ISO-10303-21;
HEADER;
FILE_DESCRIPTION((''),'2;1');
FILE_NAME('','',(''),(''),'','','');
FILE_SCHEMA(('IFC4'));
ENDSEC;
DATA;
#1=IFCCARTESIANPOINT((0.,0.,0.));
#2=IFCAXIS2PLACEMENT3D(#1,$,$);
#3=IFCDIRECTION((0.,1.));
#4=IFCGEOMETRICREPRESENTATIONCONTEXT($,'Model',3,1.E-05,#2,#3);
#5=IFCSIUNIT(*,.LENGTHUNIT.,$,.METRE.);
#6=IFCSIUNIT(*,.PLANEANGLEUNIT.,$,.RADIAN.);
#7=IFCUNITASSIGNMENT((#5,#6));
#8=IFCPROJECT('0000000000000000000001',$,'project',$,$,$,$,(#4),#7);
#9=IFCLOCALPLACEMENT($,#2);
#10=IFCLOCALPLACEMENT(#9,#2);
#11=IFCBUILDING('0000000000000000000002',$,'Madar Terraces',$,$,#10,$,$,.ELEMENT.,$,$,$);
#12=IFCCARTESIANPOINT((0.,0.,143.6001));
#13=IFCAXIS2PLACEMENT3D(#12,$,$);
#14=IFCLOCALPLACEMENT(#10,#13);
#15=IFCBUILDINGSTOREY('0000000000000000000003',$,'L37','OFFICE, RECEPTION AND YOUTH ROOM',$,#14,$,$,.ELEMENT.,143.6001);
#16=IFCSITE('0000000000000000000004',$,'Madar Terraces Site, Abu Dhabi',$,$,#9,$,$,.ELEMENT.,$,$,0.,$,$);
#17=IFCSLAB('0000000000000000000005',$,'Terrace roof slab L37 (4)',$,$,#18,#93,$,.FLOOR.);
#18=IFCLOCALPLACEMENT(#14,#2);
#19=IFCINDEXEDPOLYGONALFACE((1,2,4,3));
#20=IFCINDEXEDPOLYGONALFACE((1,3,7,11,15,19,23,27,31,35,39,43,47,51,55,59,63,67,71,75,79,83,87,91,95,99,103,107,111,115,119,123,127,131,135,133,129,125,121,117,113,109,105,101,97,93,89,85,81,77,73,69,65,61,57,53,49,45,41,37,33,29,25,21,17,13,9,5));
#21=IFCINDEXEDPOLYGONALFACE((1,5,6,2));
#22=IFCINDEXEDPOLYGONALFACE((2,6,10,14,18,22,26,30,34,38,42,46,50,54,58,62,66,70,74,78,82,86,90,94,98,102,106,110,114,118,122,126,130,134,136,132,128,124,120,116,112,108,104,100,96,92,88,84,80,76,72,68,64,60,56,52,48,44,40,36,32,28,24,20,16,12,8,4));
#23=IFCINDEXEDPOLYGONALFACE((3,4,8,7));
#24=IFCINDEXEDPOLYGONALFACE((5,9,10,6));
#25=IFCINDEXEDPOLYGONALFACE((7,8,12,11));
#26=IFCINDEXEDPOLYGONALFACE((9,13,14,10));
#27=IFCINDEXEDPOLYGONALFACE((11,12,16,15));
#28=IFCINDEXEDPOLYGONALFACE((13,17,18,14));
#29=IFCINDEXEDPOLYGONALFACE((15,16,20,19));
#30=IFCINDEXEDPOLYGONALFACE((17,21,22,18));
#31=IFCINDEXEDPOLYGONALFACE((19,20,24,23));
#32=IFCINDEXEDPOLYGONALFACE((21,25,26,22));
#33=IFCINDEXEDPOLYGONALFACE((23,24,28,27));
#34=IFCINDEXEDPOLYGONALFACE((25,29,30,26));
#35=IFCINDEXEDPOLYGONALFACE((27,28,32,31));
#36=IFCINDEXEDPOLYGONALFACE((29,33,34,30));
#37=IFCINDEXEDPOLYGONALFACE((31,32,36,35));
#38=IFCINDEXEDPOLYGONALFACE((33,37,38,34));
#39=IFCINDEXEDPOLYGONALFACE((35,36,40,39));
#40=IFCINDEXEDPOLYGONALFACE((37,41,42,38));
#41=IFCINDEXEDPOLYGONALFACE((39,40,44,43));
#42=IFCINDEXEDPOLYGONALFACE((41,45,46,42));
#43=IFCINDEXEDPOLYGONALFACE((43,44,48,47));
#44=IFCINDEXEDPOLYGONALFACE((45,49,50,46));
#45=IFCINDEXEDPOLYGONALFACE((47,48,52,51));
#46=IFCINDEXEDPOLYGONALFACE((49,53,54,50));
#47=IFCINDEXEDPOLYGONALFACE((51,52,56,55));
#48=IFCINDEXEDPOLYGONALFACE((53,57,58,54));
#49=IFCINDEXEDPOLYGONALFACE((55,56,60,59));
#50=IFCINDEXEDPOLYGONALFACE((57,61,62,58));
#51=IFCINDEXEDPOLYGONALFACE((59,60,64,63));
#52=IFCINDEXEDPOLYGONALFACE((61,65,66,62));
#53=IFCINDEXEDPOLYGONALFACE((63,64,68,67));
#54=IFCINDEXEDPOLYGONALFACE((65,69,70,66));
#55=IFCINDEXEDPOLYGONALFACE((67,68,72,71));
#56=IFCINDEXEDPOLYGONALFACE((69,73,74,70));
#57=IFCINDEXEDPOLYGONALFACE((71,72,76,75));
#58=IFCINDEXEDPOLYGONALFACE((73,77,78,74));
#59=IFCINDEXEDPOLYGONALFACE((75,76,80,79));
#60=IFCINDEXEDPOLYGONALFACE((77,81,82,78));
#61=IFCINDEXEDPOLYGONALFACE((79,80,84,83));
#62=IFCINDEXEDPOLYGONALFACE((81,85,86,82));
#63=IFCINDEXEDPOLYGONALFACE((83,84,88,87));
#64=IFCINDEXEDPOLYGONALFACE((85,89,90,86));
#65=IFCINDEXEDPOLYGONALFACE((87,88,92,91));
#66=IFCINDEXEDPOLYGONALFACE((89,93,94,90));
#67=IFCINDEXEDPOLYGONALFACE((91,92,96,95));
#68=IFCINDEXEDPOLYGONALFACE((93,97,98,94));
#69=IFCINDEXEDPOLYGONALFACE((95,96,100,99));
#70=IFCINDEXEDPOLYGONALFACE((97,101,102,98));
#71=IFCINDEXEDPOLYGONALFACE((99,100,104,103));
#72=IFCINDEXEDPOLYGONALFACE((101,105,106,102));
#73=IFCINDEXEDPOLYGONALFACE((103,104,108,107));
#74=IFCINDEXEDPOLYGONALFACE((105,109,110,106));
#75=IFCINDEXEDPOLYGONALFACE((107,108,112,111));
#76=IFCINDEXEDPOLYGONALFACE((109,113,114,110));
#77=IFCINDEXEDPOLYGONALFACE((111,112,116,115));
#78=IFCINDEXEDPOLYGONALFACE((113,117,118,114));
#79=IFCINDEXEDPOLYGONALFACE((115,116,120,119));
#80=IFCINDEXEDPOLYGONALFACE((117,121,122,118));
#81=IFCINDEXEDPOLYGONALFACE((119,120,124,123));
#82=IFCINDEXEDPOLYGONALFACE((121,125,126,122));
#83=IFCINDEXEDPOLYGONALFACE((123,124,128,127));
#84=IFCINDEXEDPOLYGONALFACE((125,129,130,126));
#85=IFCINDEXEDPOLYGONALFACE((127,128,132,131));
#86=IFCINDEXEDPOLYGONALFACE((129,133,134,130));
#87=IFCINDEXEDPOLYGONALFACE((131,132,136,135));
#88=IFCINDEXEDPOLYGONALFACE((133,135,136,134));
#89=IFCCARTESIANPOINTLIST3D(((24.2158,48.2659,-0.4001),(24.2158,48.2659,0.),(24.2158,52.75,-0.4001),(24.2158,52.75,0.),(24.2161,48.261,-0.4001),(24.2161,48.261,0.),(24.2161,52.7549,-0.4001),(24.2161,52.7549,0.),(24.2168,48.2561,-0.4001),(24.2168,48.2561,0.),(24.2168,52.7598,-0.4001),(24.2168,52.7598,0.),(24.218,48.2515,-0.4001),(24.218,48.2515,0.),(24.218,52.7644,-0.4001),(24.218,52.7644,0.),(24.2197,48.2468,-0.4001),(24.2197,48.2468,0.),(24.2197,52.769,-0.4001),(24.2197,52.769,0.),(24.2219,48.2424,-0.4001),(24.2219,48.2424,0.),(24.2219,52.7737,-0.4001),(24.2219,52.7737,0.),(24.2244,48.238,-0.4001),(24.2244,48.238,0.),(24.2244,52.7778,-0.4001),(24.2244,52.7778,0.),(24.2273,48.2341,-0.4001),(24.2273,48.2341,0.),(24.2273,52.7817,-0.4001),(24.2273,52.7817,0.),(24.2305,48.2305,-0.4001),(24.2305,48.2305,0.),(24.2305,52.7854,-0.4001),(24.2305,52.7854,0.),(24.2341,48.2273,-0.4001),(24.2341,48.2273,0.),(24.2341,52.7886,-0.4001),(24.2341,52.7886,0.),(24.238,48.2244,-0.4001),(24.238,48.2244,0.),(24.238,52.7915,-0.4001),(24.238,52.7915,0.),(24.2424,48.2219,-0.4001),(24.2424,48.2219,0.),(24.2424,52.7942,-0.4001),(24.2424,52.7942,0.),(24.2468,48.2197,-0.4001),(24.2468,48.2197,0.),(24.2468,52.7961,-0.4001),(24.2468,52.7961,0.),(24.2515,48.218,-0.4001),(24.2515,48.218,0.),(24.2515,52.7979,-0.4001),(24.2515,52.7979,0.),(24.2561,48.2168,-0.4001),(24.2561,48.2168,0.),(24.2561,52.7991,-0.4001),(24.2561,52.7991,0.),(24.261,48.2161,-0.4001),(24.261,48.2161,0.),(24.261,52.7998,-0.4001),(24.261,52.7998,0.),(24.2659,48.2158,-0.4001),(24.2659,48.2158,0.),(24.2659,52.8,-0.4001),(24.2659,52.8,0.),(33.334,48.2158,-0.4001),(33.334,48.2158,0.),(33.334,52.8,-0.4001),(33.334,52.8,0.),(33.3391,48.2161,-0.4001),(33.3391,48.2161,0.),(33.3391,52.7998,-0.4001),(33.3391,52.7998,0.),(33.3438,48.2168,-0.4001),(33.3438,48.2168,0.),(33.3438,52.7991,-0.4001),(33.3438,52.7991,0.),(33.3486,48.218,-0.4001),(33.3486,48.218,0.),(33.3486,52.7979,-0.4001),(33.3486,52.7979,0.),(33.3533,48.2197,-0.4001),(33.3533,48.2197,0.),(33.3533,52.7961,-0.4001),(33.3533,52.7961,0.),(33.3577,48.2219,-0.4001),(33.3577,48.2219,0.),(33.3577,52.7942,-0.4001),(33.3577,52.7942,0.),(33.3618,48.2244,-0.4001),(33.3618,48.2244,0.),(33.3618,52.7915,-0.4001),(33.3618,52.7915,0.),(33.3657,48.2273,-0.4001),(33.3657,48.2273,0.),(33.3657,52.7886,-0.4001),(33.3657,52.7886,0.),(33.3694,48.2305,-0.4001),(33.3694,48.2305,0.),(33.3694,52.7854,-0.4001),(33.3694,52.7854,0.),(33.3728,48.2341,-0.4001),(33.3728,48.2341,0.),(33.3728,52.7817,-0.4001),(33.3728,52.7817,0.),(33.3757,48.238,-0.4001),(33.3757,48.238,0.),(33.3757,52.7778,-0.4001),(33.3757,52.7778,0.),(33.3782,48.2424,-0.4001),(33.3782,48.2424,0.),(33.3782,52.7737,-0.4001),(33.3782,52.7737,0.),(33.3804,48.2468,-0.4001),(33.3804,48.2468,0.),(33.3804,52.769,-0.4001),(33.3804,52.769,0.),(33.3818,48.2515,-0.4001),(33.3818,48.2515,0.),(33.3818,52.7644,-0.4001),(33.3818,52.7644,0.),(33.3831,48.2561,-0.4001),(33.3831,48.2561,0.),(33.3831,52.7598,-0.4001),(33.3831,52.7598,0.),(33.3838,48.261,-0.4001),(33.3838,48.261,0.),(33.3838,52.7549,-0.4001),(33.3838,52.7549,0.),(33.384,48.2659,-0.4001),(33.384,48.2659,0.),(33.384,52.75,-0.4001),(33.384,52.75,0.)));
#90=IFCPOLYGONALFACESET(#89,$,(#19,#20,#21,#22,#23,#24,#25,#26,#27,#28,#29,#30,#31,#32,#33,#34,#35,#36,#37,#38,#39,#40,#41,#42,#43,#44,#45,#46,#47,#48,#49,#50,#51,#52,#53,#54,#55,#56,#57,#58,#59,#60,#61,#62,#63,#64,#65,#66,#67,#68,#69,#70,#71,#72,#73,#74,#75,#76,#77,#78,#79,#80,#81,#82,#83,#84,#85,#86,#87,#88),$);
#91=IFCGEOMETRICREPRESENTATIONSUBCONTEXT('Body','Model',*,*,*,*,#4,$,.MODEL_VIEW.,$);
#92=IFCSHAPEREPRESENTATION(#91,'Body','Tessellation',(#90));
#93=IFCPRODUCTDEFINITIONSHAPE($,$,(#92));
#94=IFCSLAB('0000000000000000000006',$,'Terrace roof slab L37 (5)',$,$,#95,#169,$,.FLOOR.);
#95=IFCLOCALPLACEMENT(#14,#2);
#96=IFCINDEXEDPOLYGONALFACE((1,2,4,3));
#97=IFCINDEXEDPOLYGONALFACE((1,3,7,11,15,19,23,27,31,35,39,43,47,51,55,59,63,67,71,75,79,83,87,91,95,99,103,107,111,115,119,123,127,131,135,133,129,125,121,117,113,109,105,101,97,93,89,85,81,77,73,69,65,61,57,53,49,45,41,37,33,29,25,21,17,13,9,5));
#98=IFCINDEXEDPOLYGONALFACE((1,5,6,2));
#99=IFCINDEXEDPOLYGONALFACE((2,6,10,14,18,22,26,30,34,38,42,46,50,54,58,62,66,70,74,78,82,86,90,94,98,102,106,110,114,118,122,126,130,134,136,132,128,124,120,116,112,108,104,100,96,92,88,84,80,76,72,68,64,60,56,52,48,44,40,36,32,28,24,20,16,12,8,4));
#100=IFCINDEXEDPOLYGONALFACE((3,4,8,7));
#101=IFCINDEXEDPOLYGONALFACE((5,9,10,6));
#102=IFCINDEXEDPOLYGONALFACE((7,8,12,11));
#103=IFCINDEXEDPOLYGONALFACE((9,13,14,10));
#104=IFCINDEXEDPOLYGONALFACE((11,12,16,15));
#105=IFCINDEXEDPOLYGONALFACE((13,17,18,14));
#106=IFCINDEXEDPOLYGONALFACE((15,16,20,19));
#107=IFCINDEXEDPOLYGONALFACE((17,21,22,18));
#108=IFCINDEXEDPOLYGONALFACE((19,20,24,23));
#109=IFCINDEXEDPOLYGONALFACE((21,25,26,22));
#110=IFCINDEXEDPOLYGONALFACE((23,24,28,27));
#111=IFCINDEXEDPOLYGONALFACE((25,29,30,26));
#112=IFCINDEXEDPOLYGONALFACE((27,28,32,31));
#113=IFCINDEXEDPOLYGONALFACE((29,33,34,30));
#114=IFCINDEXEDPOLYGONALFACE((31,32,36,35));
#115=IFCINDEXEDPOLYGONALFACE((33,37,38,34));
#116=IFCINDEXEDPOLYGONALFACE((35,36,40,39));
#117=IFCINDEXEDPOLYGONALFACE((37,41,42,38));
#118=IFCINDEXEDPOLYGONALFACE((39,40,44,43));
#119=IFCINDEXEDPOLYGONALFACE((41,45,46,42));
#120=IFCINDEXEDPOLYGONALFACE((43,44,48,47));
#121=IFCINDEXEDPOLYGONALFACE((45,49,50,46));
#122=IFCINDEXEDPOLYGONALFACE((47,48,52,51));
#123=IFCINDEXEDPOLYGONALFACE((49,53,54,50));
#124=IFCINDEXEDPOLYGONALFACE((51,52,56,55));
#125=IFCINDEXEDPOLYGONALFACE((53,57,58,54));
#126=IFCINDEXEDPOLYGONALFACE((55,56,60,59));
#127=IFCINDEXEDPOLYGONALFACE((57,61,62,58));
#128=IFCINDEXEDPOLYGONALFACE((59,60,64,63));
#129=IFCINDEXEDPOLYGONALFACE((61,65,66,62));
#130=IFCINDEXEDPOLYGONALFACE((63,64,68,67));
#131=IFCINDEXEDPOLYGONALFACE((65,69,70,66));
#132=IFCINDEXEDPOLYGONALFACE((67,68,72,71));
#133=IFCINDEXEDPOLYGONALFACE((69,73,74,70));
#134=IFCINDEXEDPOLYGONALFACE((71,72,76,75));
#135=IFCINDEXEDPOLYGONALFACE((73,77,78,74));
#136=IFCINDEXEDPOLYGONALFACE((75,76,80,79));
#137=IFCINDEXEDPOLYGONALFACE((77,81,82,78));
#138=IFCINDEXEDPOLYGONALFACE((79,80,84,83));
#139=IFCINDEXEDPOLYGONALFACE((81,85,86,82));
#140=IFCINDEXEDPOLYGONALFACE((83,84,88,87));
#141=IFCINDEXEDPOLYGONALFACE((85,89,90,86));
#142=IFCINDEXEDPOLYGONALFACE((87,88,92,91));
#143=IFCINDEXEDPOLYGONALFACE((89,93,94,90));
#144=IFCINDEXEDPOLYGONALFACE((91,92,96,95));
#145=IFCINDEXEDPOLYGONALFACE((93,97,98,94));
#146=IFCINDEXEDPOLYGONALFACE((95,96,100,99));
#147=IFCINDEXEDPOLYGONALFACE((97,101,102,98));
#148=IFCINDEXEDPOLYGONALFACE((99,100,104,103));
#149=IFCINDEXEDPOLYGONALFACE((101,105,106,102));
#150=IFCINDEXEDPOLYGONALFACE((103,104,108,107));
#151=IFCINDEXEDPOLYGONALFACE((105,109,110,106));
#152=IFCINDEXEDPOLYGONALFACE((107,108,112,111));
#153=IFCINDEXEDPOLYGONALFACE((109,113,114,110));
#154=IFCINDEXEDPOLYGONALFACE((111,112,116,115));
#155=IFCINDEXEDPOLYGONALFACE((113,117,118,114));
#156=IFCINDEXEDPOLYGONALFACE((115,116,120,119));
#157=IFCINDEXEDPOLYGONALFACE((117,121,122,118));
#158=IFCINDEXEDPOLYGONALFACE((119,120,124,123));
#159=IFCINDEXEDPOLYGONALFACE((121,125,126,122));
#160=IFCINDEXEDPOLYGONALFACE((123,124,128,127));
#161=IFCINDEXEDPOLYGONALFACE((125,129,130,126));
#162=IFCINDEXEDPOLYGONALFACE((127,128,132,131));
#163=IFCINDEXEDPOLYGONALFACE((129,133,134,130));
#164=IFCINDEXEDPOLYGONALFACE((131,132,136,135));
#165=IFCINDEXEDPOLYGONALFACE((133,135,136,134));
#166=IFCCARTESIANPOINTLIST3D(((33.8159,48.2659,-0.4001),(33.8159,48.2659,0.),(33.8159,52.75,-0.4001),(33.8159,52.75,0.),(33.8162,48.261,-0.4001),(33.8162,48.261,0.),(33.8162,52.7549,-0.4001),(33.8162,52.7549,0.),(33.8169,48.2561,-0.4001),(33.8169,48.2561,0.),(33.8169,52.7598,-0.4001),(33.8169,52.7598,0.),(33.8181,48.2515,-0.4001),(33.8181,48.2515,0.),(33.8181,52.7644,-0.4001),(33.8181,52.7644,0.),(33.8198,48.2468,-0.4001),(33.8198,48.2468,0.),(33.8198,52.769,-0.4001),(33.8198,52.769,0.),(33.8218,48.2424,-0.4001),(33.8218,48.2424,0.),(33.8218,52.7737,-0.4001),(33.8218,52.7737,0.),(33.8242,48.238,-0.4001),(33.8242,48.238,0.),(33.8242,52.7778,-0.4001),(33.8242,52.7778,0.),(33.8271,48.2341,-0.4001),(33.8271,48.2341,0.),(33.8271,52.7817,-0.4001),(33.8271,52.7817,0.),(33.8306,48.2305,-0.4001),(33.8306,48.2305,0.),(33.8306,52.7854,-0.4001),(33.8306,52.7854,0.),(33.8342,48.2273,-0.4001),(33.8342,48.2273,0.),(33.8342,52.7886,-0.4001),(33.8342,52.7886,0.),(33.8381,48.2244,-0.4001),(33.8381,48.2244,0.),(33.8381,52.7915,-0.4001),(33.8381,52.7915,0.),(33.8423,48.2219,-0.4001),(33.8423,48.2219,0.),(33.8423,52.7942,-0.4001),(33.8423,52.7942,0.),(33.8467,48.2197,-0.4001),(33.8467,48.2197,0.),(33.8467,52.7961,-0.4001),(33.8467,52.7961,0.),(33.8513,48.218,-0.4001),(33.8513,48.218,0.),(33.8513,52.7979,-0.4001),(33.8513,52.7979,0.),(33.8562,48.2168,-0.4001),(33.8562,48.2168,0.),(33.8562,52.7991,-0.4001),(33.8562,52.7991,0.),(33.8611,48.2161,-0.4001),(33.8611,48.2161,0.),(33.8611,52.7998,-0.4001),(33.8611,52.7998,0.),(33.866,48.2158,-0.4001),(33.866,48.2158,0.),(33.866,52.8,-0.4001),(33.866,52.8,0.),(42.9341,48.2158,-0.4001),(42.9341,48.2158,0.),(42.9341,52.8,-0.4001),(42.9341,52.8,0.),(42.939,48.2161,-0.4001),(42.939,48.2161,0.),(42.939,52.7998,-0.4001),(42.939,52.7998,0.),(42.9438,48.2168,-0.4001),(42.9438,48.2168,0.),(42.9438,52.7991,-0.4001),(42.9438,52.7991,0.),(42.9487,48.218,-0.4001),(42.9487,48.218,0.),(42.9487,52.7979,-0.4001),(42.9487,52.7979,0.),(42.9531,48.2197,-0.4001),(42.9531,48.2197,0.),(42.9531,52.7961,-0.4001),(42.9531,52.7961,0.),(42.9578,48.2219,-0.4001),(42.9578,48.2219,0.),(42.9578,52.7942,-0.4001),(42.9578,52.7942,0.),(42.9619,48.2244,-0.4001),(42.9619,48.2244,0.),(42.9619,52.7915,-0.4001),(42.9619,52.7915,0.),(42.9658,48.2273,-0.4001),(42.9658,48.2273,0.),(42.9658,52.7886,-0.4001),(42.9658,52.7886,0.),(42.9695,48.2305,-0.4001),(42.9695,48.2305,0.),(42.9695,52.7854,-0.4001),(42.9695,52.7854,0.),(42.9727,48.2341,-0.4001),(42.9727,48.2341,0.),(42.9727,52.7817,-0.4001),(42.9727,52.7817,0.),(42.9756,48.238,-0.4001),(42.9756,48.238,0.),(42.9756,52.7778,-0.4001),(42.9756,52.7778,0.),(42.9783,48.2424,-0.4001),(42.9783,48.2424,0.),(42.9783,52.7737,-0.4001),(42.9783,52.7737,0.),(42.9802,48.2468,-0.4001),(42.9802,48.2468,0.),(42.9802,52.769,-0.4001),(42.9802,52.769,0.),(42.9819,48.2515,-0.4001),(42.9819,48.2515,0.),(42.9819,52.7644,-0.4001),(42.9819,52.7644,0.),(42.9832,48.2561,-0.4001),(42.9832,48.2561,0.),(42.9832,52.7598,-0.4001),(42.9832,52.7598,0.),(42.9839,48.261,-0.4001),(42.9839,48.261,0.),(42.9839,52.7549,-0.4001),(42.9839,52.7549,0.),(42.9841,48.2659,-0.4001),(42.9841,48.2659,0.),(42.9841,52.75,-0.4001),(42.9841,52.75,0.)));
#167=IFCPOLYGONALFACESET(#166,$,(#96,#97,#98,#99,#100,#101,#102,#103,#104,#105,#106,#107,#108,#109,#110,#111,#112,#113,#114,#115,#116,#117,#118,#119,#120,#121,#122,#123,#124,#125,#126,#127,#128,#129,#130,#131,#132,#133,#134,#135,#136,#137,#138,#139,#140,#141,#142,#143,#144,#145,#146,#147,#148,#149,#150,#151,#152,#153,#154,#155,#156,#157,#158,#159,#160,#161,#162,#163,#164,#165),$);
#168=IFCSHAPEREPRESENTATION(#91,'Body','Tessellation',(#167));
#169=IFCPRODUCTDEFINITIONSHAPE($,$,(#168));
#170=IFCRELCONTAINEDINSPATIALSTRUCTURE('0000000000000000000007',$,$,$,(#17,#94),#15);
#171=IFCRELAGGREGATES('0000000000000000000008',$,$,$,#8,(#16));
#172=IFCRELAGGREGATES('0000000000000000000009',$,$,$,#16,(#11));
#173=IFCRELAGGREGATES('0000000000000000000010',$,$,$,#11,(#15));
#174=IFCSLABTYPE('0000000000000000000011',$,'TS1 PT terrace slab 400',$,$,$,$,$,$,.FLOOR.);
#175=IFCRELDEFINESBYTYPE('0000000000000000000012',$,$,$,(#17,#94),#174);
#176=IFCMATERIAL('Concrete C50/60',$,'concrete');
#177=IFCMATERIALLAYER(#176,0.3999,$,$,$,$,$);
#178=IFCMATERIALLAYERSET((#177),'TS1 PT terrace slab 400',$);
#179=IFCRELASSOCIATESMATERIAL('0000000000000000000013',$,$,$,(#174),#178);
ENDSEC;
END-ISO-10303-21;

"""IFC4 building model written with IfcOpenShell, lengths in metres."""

from ifc_helpers import new_model, si_unit, direction, frame, origin, place, context, subcontext, project, spatial, polyline, outline, extrude, material, layer, layer_set, type_object, element, save


model = new_model("IFC4")

# Units and contexts
model_context = context("Model", 3, precision=1e-05, world=origin(), true_north=direction((0.0, 1.0)))
body_context = subcontext(model_context, "Body", "Model", "MODEL_VIEW")
ifc_project = project(units=[si_unit("LENGTHUNIT", "METRE"), si_unit("PLANEANGLEUNIT", "RADIAN")], contexts=[model_context])

# Site, building, storey
site_placement = place(None, origin())
site = spatial("IfcSite", under=ifc_project, at=site_placement, Name="Madar Terraces Site, Abu Dhabi", CompositionType="ELEMENT", RefElevation=0.0)
building_placement = place(site_placement, origin())
building = spatial("IfcBuilding", under=site, at=building_placement, Name="Madar Terraces", CompositionType="ELEMENT")
storey_placement = place(building_placement, frame((0.0, 0.0, 143.6001)))
storey = spatial("IfcBuildingStorey", under=building, at=storey_placement, Name="L37", Description="OFFICE, RECEPTION AND YOUTH ROOM", CompositionType="ELEMENT", Elevation=143.6001)

# Slabs
ifc_material_1 = material(Name="Concrete C50/60", Category="concrete")
ifc_layer_1 = layer(ifc_material_1, 0.3999)
ifc_layer_set_1 = layer_set([ifc_layer_1], Name="TS1 PT terrace slab 400")
slab_type_1 = type_object("IfcSlabType", Name="TS1 PT terrace slab 400", PredefinedType="FLOOR", material=ifc_layer_set_1)
slab_1_placement = place(storey_placement, frame((0.0, 0.0, -0.4001)))
element("IfcSlab", 1, at=slab_1_placement, inside=storey, type_object=slab_type_1, Name="Terrace roof slab L37 (4)", PredefinedType="FLOOR", context=body_context, shape_type="SweptSolid", body=[
    extrude(outline(polyline([(33.3438, 52.7991), (33.3391, 52.7998), (33.334, 52.8), (24.2659, 52.8), (24.261, 52.7998), (24.2561, 52.7991), (24.2515, 52.7979), (24.2468, 52.7961), (24.2424, 52.7942), (24.238, 52.7915), (24.2341, 52.7886), (24.2305, 52.7854), (24.2273, 52.7817), (24.2244, 52.7778), (24.2219, 52.7737), (24.2197, 52.769), (24.218, 52.7644), (24.2168, 52.7598), (24.2161, 52.7549), (24.2158, 52.75), (24.2158, 48.2659), (24.2161, 48.261), (24.2168, 48.2561), (24.218, 48.2515), (24.2197, 48.2468), (24.2219, 48.2424), (24.2244, 48.238), (24.2273, 48.2341), (24.2305, 48.2305), (24.2341, 48.2273), (24.238, 48.2244), (24.2424, 48.2219), (24.2468, 48.2197), (24.2515, 48.218), (24.2561, 48.2168), (24.261, 48.2161), (24.2659, 48.2158), (33.334, 48.2158), (33.3391, 48.2161), (33.3438, 48.2168), (33.3486, 48.218), (33.3533, 48.2197), (33.3577, 48.2219), (33.3618, 48.2244), (33.3657, 48.2273), (33.3694, 48.2305), (33.3728, 48.2341), (33.3757, 48.238), (33.3782, 48.2424), (33.3804, 48.2468), (33.3818, 48.2515), (33.3831, 48.2561), (33.3838, 48.261), (33.384, 48.2659), (33.384, 52.75), (33.3838, 52.7549), (33.3831, 52.7598), (33.3818, 52.7644), (33.3804, 52.769), (33.3782, 52.7737), (33.3757, 52.7778), (33.3728, 52.7817), (33.3694, 52.7854), (33.3657, 52.7886), (33.3618, 52.7915), (33.3577, 52.7942), (33.3533, 52.7961), (33.3486, 52.7979), (33.3438, 52.7991)])), origin(), (0.0, 0.0, 1.0), 0.4001),
])
slab_2_placement = place(storey_placement, frame((0.0, 0.0, -0.4001)))
element("IfcSlab", 2, at=slab_2_placement, inside=storey, type_object=slab_type_1, Name="Terrace roof slab L37 (5)", PredefinedType="FLOOR", context=body_context, shape_type="SweptSolid", body=[
    extrude(outline(polyline([(42.9438, 52.7991), (42.939, 52.7998), (42.9341, 52.8), (33.866, 52.8), (33.8611, 52.7998), (33.8562, 52.7991), (33.8513, 52.7979), (33.8467, 52.7961), (33.8423, 52.7942), (33.8381, 52.7915), (33.8342, 52.7886), (33.8306, 52.7854), (33.8271, 52.7817), (33.8242, 52.7778), (33.8218, 52.7737), (33.8198, 52.769), (33.8181, 52.7644), (33.8169, 52.7598), (33.8162, 52.7549), (33.8159, 52.75), (33.8159, 48.2659), (33.8162, 48.261), (33.8169, 48.2561), (33.8181, 48.2515), (33.8198, 48.2468), (33.8218, 48.2424), (33.8242, 48.238), (33.8271, 48.2341), (33.8306, 48.2305), (33.8342, 48.2273), (33.8381, 48.2244), (33.8423, 48.2219), (33.8467, 48.2197), (33.8513, 48.218), (33.8562, 48.2168), (33.8611, 48.2161), (33.866, 48.2158), (42.9341, 48.2158), (42.939, 48.2161), (42.9438, 48.2168), (42.9487, 48.218), (42.9531, 48.2197), (42.9578, 48.2219), (42.9619, 48.2244), (42.9658, 48.2273), (42.9695, 48.2305), (42.9727, 48.2341), (42.9756, 48.238), (42.9783, 48.2424), (42.9802, 48.2468), (42.9819, 48.2515), (42.9832, 48.2561), (42.9839, 48.261), (42.9841, 48.2659), (42.9841, 52.75), (42.9839, 52.7549), (42.9832, 52.7598), (42.9819, 52.7644), (42.9802, 52.769), (42.9783, 52.7737), (42.9756, 52.7778), (42.9727, 52.7817), (42.9695, 52.7854), (42.9658, 52.7886), (42.9619, 52.7915), (42.9578, 52.7942), (42.9531, 52.7961), (42.9487, 52.7979), (42.9438, 52.7991)])), origin(), (0.0, 0.0, 1.0), 0.4001),
])

save(model, "model.ifc")
